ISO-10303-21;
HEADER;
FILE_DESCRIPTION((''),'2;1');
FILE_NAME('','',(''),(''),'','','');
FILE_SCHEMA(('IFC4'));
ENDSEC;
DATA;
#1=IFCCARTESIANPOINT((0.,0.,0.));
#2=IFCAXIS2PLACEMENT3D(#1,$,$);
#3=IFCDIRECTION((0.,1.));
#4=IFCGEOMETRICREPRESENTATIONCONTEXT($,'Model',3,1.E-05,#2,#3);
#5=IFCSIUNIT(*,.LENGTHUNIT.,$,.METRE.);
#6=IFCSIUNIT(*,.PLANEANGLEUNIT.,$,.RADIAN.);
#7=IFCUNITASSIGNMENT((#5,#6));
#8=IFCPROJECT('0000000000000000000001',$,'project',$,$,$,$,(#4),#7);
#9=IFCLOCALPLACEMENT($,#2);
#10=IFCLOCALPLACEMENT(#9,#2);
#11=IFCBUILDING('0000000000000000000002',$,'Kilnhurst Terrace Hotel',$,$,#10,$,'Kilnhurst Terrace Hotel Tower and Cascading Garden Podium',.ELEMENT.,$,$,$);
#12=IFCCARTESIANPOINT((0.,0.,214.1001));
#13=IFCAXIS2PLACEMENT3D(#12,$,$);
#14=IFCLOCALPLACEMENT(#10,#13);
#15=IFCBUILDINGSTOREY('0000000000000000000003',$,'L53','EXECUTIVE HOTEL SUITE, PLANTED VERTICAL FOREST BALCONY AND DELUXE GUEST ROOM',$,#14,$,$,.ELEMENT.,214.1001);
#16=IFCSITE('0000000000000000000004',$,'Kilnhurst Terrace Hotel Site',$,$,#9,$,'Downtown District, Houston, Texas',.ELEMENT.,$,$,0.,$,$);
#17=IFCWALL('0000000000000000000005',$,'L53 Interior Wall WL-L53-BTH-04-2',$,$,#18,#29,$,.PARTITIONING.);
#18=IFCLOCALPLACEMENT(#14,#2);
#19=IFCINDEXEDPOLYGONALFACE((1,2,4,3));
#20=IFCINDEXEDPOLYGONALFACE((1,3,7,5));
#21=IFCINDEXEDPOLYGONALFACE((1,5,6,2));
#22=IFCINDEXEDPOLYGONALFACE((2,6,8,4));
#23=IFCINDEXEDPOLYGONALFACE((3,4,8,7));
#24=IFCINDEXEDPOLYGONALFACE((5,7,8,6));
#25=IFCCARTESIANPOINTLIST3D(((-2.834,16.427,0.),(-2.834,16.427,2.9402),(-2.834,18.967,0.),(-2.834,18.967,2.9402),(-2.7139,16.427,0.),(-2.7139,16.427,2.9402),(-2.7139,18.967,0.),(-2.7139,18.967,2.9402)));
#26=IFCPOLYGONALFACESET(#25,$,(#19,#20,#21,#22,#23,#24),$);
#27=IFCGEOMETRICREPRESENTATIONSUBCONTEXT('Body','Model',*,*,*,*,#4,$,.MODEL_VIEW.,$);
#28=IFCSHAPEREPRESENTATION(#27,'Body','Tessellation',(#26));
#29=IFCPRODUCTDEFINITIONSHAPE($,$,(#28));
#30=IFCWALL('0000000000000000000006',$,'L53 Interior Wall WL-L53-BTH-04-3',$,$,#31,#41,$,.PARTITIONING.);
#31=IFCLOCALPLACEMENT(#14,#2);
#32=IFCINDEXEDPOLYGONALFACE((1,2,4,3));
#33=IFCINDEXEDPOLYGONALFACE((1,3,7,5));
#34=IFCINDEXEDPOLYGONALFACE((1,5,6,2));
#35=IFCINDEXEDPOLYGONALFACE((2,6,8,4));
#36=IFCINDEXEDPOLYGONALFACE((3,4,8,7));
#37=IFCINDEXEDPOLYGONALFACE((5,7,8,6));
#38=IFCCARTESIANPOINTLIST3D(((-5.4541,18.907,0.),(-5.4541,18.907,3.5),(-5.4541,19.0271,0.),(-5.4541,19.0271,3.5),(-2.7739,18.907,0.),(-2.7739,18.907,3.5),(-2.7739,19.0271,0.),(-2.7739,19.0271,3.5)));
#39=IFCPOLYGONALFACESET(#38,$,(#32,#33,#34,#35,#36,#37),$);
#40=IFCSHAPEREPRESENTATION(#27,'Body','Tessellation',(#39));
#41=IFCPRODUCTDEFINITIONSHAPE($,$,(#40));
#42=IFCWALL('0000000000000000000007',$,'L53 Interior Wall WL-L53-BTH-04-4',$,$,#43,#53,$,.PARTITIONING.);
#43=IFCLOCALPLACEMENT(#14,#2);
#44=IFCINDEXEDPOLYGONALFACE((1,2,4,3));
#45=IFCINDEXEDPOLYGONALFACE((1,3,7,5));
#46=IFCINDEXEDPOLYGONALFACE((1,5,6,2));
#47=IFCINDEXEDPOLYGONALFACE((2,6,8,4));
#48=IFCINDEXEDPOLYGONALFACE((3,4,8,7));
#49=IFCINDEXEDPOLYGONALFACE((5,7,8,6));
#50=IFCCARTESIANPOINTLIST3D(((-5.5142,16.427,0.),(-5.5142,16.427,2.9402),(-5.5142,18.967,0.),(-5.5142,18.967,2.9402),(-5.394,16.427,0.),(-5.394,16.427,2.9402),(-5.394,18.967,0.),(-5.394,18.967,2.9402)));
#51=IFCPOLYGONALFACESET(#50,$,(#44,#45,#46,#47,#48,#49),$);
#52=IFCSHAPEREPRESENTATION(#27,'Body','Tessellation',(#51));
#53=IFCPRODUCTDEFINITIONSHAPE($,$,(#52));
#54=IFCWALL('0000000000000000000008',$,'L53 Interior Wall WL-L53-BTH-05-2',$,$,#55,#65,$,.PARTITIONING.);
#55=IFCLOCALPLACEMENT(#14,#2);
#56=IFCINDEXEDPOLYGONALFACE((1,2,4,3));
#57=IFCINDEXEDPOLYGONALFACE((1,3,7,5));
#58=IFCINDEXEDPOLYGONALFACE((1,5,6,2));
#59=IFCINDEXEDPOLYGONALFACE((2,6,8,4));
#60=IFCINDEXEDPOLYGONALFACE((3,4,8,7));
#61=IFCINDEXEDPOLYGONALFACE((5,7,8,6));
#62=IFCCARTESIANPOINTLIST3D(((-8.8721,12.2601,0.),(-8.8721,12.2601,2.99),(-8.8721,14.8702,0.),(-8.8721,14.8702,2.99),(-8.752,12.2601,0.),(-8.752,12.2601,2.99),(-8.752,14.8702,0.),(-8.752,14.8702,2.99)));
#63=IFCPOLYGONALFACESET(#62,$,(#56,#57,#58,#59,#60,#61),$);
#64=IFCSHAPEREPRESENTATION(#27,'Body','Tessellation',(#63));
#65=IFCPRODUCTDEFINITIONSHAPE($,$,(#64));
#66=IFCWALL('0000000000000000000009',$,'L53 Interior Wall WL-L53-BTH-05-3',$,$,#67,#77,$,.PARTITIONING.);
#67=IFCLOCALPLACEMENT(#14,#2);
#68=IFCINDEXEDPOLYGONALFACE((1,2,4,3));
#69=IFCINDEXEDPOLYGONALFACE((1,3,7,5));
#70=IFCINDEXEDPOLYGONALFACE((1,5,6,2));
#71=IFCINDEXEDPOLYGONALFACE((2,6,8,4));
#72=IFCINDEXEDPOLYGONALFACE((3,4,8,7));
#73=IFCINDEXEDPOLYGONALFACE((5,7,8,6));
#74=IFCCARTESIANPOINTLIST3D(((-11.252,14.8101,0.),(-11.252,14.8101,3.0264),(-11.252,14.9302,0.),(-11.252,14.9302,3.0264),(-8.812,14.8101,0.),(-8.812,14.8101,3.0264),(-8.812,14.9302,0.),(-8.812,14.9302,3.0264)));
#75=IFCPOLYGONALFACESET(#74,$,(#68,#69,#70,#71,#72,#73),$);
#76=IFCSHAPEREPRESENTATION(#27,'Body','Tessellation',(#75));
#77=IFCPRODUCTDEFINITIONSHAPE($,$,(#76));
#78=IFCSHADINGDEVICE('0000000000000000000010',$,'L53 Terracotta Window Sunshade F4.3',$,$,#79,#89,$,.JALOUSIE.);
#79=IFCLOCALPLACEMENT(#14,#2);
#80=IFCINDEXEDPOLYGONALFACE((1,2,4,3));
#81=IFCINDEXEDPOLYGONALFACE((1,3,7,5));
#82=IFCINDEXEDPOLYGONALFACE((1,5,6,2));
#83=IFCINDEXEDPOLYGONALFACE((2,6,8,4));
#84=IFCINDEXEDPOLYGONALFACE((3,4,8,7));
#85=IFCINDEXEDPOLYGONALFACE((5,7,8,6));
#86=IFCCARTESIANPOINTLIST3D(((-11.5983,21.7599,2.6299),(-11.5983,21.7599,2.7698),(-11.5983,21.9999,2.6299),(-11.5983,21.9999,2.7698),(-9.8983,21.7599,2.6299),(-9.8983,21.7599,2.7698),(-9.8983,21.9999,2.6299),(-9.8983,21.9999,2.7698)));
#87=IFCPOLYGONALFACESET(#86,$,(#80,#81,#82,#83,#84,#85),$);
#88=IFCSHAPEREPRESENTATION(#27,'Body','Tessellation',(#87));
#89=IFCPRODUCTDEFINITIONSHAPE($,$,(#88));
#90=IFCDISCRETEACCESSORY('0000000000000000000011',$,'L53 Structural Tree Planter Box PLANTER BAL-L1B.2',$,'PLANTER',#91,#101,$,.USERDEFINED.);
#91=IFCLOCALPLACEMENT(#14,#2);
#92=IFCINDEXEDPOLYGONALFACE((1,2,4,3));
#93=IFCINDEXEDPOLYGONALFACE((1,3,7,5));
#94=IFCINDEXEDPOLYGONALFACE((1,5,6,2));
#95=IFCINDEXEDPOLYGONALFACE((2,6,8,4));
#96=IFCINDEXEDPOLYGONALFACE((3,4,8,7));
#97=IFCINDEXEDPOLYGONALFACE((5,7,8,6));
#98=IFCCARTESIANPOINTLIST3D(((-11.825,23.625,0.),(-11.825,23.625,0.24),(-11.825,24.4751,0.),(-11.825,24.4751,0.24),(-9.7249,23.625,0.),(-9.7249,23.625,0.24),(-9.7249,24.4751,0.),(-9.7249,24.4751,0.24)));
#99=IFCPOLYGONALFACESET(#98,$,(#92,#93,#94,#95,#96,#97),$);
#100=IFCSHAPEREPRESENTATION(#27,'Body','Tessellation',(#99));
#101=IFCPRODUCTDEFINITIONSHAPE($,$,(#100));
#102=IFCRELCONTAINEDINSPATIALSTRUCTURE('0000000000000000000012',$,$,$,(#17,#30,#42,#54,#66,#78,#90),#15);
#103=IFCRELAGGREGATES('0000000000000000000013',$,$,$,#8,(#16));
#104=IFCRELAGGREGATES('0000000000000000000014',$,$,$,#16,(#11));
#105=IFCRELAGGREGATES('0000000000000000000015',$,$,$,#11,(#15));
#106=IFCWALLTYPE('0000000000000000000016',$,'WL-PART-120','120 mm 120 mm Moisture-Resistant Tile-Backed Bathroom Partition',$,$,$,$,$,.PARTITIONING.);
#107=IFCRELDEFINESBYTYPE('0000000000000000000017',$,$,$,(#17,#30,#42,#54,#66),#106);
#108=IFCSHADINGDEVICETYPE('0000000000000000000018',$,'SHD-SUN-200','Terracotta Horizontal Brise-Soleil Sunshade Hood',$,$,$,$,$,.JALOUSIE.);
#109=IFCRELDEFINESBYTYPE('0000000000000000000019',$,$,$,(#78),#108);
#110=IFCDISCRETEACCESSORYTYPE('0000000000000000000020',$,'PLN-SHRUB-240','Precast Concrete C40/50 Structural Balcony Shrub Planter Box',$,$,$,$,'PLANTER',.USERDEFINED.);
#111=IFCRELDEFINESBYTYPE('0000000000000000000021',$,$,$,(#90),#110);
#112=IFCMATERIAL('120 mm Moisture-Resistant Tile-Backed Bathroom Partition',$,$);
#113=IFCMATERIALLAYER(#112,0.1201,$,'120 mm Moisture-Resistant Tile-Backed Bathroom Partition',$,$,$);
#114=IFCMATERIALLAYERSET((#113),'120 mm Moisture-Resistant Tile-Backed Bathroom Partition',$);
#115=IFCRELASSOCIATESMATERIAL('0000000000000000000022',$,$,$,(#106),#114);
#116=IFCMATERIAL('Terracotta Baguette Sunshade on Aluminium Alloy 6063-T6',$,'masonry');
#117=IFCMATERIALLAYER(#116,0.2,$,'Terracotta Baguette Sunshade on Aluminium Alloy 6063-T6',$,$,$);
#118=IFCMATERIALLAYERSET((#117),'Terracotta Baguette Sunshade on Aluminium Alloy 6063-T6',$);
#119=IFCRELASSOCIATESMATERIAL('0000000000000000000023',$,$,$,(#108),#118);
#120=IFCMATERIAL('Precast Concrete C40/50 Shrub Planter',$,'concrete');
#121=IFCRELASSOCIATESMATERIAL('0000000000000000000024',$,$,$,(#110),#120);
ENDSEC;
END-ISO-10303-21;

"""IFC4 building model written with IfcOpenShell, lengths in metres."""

from ifc_helpers import new_model, si_unit, direction, frame, frame_2d, origin, origin_2d, place, context, subcontext, project, spatial, rectangle, extrude, material, layer, layer_set, type_object, element, save


model = new_model("IFC4")

# Units and contexts
model_context = context("Model", 3, precision=1e-05, world=origin(), true_north=direction((0.0, 1.0)))
body_context = subcontext(model_context, "Body", "Model", "MODEL_VIEW")
ifc_project = project(units=[si_unit("LENGTHUNIT", "METRE"), si_unit("PLANEANGLEUNIT", "RADIAN")], contexts=[model_context])

# Site, building, storey
site_placement = place(None, origin())
site = spatial("IfcSite", under=ifc_project, at=site_placement, Name="Kilnhurst Terrace Hotel Site", LongName="Downtown District, Houston, Texas", CompositionType="ELEMENT", RefElevation=0.0)
building_placement = place(site_placement, origin())
building = spatial("IfcBuilding", under=site, at=building_placement, Name="Kilnhurst Terrace Hotel", LongName="Kilnhurst Terrace Hotel Tower and Cascading Garden Podium", CompositionType="ELEMENT")
storey_placement = place(building_placement, frame((0.0, 0.0, 214.1001)))
storey = spatial("IfcBuildingStorey", under=building, at=storey_placement, Name="L53", Description="EXECUTIVE HOTEL SUITE, PLANTED VERTICAL FOREST BALCONY AND DELUXE GUEST ROOM", CompositionType="ELEMENT", Elevation=214.1001)

# Shared definitions
ifc_material_1 = material(Name="120 mm Moisture-Resistant Tile-Backed Bathroom Partition")
ifc_layer_1 = layer(ifc_material_1, 0.1201, Name="120 mm Moisture-Resistant Tile-Backed Bathroom Partition")
ifc_layer_set_1 = layer_set([ifc_layer_1], Name="120 mm Moisture-Resistant Tile-Backed Bathroom Partition")
wall_type_1 = type_object("IfcWallType", Name="WL-PART-120", Description="120 mm 120 mm Moisture-Resistant Tile-Backed Bathroom Partition", PredefinedType="PARTITIONING", material=ifc_layer_set_1)

# Walls
wall_1_placement = place(storey_placement, frame((-2.7739, 16.427, 0.0), z_axis=(0.0, 0.0, 1.0), x_axis=(0.0, 1.0, 0.0)))
element("IfcWall", 1, at=wall_1_placement, inside=storey, type_object=wall_type_1, Name="L53 Interior Wall WL-L53-BTH-04-2", PredefinedType="PARTITIONING", context=body_context, shape_type="SweptSolid", body=[
    extrude(rectangle(XDim=2.54, YDim=0.1201, at=frame_2d((1.27, 0.0))), origin(), (0.0, 0.0, 1.0), 2.9402),
])
wall_2_placement = place(storey_placement, frame((-2.7739, 18.967, 0.0), z_axis=(0.0, 0.0, 1.0), x_axis=(-1.0, 0.0, 0.0)))
element("IfcWall", 2, at=wall_2_placement, inside=storey, type_object=wall_type_1, Name="L53 Interior Wall WL-L53-BTH-04-3", PredefinedType="PARTITIONING", context=body_context, shape_type="SweptSolid", body=[
    extrude(rectangle(XDim=2.6802, YDim=0.1201, at=frame_2d((1.3401, 0.0))), origin(), (0.0, 0.0, 1.0), 3.5),
])
wall_3_placement = place(storey_placement, frame((-5.4541, 18.967, 0.0), z_axis=(0.0, 0.0, 1.0), x_axis=(0.0, -1.0, 0.0)))
element("IfcWall", 3, at=wall_3_placement, inside=storey, type_object=wall_type_1, Name="L53 Interior Wall WL-L53-BTH-04-4", PredefinedType="PARTITIONING", context=body_context, shape_type="SweptSolid", body=[
    extrude(rectangle(XDim=2.54, YDim=0.1201, at=frame_2d((1.27, 0.0))), origin(), (0.0, 0.0, 1.0), 2.9402),
])
wall_4_placement = place(storey_placement, frame((-8.812, 12.26, 0.0), z_axis=(0.0, 0.0, 1.0), x_axis=(0.0, 1.0, 0.0)))
element("IfcWall", 4, at=wall_4_placement, inside=storey, type_object=wall_type_1, Name="L53 Interior Wall WL-L53-BTH-05-2", PredefinedType="PARTITIONING", context=body_context, shape_type="SweptSolid", body=[
    extrude(rectangle(XDim=2.6101, YDim=0.1201, at=frame_2d((1.3052, 0.0))), origin(), (0.0, 0.0, 1.0), 2.99),
])
wall_5_placement = place(storey_placement, frame((-8.812, 14.8701, 0.0), z_axis=(0.0, 0.0, 1.0), x_axis=(-1.0, 0.0, 0.0)))
element("IfcWall", 5, at=wall_5_placement, inside=storey, type_object=wall_type_1, Name="L53 Interior Wall WL-L53-BTH-05-3", PredefinedType="PARTITIONING", context=body_context, shape_type="SweptSolid", body=[
    extrude(rectangle(XDim=2.4399, YDim=0.1201, at=frame_2d((1.22, 0.0))), origin(), (0.0, 0.0, 1.0), 3.0264),
])

# Shading device
ifc_material_2 = material(Name="Terracotta Baguette Sunshade on Aluminium Alloy 6063-T6", Category="masonry")
ifc_layer_2 = layer(ifc_material_2, 0.2, Name="Terracotta Baguette Sunshade on Aluminium Alloy 6063-T6")
ifc_layer_set_2 = layer_set([ifc_layer_2], Name="Terracotta Baguette Sunshade on Aluminium Alloy 6063-T6")
shading_device_type = type_object("IfcShadingDeviceType", Name="SHD-SUN-200", Description="Terracotta Horizontal Brise-Soleil Sunshade Hood", PredefinedType="JALOUSIE", material=ifc_layer_set_2)
shading_device_placement = place(storey_placement, frame((-10.7483, 21.8799, 2.6299), z_axis=(0.0, 0.0, 1.0), x_axis=(-1.0, 0.0, 0.0)))
element("IfcShadingDevice", 6, at=shading_device_placement, inside=storey, type_object=shading_device_type, Name="L53 Terracotta Window Sunshade F4.3", PredefinedType="JALOUSIE", context=body_context, shape_type="SweptSolid", body=[
    extrude(rectangle(XDim=1.7, YDim=0.24, at=origin_2d()), origin(), (0.0, 0.0, 1.0), 0.1399),
])

# Discrete accessory
ifc_material_3 = material(Name="Precast Concrete C40/50 Shrub Planter", Category="concrete")
discrete_accessory_type = type_object("IfcDiscreteAccessoryType", Name="PLN-SHRUB-240", Description="Precast Concrete C40/50 Structural Balcony Shrub Planter Box", ElementType="PLANTER", PredefinedType="USERDEFINED", material=ifc_material_3)
discrete_accessory_placement = place(storey_placement, frame((-10.7749, 24.05, 0.0), z_axis=(0.0, 0.0, 1.0), x_axis=(-1.0, 0.0, 0.0)))
element("IfcDiscreteAccessory", 7, at=discrete_accessory_placement, inside=storey, type_object=discrete_accessory_type, Name="L53 Structural Tree Planter Box PLANTER BAL-L1B.2", ObjectType="PLANTER", PredefinedType="USERDEFINED", context=body_context, shape_type="SweptSolid", body=[
    extrude(rectangle(XDim=2.1001, YDim=0.8501, at=origin_2d()), origin(), (0.0, 0.0, 1.0), 0.24),
])

save(model, "model.ifc")
